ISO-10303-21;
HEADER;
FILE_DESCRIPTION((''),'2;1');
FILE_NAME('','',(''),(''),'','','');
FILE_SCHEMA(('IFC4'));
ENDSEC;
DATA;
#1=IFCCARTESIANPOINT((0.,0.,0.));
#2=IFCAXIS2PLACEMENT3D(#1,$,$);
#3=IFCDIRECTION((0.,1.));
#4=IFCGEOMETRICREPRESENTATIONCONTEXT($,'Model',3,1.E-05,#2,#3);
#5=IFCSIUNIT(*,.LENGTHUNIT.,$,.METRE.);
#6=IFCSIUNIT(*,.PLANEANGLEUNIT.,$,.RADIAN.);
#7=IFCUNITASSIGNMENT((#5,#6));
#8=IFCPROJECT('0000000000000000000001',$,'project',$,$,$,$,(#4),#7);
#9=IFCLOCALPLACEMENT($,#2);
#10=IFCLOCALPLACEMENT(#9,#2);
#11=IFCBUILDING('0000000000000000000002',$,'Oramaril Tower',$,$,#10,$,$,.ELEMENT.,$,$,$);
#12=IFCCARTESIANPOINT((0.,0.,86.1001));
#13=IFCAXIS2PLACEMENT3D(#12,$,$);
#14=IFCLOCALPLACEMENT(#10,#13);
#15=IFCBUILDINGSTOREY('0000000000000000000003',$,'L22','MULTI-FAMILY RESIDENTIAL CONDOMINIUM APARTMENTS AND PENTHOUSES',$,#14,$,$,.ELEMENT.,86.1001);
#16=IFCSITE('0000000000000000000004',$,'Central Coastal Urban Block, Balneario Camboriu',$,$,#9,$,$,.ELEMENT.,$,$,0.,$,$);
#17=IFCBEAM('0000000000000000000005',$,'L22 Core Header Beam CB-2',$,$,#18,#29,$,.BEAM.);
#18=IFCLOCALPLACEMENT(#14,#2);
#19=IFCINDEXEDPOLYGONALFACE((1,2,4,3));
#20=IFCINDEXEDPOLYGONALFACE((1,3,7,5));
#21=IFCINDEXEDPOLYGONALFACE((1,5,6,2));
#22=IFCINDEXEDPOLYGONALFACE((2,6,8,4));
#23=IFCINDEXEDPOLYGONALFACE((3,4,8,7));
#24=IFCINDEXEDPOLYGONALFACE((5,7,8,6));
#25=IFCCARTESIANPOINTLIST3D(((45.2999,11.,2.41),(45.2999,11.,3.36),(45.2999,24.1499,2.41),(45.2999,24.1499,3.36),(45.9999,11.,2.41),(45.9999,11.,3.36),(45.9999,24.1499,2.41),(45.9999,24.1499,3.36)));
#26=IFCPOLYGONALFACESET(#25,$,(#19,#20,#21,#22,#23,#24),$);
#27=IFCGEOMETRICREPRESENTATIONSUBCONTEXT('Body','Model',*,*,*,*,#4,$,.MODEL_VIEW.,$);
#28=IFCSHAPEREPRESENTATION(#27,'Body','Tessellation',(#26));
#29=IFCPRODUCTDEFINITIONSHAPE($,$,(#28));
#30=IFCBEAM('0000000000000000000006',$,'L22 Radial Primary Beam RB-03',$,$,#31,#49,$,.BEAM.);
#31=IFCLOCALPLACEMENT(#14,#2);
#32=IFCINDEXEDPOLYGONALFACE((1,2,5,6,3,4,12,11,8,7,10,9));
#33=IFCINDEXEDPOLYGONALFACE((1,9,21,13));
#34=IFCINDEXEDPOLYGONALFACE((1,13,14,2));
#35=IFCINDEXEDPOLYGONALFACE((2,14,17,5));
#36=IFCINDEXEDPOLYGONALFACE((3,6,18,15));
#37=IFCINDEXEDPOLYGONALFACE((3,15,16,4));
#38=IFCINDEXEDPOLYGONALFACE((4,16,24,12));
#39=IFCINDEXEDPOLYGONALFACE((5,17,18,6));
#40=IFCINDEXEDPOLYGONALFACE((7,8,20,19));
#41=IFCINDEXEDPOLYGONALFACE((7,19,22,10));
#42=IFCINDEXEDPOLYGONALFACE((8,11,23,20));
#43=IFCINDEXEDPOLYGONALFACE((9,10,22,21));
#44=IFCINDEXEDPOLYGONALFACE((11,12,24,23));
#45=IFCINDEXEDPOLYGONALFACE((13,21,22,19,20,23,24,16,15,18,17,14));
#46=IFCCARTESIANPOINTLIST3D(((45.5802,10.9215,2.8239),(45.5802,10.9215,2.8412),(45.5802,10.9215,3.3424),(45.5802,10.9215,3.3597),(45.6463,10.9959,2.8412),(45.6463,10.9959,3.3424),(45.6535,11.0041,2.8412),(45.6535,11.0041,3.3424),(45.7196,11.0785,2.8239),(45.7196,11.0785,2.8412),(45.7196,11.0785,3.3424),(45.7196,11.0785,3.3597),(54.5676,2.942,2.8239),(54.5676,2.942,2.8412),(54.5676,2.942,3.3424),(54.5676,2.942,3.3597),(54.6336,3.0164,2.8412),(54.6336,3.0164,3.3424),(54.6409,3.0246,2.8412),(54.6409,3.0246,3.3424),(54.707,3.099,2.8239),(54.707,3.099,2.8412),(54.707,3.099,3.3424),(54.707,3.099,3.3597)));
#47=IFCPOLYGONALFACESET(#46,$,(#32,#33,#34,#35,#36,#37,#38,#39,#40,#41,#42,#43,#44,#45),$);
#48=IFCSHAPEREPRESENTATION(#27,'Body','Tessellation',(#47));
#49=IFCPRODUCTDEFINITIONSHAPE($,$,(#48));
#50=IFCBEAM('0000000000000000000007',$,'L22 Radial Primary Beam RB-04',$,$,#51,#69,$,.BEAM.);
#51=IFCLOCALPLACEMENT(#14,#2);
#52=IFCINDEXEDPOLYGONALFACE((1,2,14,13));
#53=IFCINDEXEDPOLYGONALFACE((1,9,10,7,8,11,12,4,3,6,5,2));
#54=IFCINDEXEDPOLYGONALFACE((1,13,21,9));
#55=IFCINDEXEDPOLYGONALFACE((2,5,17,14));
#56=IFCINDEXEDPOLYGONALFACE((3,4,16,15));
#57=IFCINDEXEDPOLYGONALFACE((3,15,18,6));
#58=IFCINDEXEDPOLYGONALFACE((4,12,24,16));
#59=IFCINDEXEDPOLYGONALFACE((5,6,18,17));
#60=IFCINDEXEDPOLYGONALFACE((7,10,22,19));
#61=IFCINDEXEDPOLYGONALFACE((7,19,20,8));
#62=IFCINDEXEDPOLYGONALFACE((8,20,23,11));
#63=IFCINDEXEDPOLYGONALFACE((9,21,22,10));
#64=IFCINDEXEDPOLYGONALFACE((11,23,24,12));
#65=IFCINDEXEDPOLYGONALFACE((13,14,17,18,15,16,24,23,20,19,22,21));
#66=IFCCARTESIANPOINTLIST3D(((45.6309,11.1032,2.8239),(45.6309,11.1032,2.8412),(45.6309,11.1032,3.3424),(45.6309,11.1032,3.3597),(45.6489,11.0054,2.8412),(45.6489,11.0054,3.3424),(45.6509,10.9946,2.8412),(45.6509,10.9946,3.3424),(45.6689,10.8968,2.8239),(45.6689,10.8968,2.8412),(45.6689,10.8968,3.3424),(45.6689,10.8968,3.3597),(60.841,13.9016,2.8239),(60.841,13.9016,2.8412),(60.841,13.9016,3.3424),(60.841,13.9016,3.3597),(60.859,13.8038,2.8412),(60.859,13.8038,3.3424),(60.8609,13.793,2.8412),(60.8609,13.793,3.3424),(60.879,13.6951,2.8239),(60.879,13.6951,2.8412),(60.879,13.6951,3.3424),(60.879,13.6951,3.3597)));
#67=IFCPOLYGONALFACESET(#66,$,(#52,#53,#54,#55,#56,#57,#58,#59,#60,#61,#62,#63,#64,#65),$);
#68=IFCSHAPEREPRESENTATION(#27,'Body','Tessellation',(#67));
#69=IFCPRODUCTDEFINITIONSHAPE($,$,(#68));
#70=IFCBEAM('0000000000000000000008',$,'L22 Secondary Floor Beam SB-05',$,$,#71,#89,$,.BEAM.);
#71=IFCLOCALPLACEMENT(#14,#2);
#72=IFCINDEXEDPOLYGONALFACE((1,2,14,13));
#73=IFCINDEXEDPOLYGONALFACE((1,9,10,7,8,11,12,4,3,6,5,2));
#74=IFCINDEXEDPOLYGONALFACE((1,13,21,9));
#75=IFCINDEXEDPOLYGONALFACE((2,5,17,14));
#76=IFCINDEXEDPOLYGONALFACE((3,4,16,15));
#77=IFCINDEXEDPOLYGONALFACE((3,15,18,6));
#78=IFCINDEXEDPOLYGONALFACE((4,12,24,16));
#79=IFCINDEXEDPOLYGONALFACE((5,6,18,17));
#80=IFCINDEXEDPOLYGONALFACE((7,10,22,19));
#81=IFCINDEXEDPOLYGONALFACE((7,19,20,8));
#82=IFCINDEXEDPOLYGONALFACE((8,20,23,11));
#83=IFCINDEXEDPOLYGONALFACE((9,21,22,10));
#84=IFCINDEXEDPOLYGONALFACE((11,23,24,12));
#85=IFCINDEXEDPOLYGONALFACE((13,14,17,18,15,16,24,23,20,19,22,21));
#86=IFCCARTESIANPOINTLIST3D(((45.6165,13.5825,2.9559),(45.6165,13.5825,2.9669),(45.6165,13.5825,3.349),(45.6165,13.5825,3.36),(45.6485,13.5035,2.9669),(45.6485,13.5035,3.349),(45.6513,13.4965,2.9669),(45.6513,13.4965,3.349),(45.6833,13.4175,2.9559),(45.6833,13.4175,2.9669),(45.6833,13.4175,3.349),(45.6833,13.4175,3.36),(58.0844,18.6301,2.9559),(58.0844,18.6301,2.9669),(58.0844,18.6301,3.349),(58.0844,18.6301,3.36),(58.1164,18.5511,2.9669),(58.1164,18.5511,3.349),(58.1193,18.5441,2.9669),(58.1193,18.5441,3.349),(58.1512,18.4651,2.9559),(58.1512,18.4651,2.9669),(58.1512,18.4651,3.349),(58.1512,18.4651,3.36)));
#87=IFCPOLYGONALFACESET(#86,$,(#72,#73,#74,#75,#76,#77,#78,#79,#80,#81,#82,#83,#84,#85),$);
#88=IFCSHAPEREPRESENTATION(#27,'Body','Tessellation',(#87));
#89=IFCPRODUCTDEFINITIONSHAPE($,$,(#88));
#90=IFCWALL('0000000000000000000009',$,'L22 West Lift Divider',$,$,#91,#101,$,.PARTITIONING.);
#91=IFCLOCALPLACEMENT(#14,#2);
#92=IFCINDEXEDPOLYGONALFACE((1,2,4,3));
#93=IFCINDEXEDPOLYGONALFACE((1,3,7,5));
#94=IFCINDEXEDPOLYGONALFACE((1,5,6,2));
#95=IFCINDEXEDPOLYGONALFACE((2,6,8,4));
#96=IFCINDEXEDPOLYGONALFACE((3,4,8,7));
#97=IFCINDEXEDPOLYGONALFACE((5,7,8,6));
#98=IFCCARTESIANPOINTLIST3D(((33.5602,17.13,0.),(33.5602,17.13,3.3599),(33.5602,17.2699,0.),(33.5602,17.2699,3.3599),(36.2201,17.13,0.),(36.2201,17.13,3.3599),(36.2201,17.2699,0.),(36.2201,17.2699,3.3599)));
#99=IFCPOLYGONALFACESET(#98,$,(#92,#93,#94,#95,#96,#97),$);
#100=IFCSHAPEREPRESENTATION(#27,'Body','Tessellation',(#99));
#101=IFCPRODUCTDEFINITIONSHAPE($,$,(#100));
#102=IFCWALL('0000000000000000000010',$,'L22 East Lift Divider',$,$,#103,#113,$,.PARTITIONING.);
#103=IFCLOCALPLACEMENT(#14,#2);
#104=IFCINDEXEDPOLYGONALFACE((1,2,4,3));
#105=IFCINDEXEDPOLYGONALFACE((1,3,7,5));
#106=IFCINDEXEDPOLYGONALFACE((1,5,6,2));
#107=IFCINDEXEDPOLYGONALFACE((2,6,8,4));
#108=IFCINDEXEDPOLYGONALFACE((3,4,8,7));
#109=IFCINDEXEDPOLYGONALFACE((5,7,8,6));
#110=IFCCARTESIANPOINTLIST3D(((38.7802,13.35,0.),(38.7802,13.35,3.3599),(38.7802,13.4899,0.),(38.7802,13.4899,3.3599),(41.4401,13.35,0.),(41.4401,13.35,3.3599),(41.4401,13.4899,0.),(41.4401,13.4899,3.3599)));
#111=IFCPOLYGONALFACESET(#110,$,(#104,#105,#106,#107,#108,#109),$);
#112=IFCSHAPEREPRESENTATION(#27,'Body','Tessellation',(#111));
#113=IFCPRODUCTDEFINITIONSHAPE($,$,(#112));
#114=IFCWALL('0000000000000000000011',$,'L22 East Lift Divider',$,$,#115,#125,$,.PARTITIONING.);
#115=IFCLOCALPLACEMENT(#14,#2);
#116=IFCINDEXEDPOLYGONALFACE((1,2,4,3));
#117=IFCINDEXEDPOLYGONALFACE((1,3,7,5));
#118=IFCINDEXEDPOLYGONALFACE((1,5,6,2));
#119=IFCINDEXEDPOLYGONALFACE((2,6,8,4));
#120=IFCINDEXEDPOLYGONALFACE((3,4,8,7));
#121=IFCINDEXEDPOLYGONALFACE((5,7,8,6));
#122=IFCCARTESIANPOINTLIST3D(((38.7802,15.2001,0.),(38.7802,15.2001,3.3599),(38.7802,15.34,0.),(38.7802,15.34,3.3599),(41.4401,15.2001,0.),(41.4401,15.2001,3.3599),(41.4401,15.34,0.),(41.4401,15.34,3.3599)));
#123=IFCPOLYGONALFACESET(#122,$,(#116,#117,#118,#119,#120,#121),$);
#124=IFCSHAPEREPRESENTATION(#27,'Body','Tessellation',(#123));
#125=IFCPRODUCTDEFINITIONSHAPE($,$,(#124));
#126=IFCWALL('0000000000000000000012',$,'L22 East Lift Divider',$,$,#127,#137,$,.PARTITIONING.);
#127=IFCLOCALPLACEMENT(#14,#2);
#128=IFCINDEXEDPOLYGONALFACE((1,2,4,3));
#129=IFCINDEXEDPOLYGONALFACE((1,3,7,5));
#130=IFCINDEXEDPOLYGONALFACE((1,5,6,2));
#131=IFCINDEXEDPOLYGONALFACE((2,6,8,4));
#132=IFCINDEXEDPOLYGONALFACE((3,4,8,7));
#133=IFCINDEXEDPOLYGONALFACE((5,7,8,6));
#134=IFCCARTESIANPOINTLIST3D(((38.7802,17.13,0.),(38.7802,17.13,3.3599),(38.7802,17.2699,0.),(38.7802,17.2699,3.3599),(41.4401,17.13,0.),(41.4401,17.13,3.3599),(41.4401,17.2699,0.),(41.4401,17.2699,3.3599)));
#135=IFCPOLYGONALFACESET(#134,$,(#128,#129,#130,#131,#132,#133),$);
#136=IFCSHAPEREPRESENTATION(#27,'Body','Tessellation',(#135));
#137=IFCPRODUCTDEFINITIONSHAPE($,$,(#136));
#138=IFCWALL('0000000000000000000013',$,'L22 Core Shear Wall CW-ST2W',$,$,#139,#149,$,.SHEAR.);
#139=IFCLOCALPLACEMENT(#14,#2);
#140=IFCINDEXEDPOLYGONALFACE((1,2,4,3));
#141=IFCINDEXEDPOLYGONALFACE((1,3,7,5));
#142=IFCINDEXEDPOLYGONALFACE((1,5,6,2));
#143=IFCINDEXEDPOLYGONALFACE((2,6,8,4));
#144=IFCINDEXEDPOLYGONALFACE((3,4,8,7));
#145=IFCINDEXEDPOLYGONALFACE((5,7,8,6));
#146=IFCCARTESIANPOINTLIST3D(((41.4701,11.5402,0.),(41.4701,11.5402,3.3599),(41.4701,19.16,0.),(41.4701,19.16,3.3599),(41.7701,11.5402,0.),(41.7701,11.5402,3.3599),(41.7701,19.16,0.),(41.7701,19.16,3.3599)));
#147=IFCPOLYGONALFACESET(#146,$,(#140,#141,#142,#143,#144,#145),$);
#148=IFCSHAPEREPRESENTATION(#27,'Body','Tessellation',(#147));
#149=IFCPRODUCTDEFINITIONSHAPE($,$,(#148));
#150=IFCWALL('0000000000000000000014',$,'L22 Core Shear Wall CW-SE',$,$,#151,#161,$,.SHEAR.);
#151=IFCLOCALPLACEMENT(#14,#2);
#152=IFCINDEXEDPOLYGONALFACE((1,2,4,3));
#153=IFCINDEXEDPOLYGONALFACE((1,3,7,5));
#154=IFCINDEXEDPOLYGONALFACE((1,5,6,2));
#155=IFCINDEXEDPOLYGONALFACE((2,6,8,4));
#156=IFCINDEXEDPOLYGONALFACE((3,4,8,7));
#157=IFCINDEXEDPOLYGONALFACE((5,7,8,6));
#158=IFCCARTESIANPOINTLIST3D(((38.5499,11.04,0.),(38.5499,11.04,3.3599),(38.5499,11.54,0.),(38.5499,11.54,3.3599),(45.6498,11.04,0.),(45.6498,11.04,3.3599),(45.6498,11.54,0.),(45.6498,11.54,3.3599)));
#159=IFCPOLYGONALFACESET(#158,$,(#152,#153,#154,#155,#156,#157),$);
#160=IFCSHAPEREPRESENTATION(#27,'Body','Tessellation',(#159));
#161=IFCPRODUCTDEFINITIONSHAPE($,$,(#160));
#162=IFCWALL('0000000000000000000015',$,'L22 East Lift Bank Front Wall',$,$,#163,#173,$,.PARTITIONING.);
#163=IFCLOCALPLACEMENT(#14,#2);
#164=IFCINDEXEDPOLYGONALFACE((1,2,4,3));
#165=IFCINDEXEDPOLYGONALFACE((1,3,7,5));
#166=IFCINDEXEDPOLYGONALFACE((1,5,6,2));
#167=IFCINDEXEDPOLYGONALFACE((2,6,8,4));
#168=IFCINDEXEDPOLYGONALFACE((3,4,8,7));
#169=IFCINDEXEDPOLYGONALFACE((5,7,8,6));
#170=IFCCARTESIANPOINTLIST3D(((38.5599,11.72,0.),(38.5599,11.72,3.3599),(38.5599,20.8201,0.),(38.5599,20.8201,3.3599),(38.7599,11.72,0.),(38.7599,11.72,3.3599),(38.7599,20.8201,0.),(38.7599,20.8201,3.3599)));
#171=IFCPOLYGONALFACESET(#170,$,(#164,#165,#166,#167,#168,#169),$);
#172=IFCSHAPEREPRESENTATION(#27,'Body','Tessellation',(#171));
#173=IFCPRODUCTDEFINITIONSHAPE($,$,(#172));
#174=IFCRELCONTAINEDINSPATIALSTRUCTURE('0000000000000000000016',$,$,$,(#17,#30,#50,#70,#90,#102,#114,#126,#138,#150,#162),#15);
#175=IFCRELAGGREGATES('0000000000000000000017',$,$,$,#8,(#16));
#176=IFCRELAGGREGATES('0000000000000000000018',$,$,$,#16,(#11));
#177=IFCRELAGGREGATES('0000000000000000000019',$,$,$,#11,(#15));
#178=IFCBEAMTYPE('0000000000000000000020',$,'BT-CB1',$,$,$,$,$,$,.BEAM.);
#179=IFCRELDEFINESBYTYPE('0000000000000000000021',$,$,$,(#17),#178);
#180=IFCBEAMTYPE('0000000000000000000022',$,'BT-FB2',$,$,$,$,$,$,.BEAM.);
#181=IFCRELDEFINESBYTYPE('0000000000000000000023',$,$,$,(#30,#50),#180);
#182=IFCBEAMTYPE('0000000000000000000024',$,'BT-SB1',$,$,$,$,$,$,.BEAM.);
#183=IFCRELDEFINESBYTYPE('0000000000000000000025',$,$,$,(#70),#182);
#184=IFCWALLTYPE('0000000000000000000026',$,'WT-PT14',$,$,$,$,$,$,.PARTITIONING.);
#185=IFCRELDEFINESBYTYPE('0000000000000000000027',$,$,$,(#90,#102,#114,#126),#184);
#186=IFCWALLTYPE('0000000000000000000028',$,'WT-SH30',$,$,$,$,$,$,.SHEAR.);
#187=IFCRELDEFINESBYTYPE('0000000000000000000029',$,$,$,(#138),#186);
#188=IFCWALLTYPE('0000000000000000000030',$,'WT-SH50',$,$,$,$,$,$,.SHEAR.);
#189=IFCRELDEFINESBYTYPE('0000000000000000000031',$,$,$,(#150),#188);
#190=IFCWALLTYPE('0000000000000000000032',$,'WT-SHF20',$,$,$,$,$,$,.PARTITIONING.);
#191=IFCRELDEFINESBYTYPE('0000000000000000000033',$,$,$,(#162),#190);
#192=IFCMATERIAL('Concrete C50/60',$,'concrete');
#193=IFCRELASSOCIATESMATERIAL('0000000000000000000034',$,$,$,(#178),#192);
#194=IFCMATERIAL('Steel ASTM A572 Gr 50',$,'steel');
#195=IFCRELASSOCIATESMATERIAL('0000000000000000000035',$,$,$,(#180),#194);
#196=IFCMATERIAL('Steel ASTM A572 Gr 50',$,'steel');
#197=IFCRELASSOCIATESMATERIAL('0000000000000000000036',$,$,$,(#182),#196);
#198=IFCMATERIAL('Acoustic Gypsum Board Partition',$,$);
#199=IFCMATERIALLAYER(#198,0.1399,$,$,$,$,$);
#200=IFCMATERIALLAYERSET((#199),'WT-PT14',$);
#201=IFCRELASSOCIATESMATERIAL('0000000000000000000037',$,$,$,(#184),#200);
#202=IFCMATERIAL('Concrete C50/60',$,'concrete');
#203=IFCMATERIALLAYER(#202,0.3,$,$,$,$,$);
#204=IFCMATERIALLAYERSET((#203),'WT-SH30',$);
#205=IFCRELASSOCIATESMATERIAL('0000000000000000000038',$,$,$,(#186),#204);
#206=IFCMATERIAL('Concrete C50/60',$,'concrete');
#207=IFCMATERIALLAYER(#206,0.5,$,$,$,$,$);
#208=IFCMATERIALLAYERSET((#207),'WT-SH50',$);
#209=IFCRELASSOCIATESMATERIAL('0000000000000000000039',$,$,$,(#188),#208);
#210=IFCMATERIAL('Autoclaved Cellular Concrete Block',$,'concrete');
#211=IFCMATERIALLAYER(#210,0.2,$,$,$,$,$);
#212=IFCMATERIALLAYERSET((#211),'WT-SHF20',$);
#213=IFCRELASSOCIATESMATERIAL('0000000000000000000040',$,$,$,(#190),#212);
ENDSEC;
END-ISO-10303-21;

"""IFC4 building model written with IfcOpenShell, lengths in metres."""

from ifc_helpers import new_model, si_unit, direction, frame, frame_2d, origin, origin_2d, place, context, subcontext, project, spatial, rectangle, i_section, extrude, material, layer, layer_set, material_profile, profile_set, type_object, element, save


model = new_model("IFC4")

# Units and contexts
model_context = context("Model", 3, precision=1e-05, world=origin(), true_north=direction((0.0, 1.0)))
body_context = subcontext(model_context, "Body", "Model", "MODEL_VIEW")
ifc_project = project(units=[si_unit("LENGTHUNIT", "METRE"), si_unit("PLANEANGLEUNIT", "RADIAN")], contexts=[model_context])

# Site, building, storey
site_placement = place(None, origin())
site = spatial("IfcSite", under=ifc_project, at=site_placement, Name="Central Coastal Urban Block, Balneario Camboriu", CompositionType="ELEMENT", RefElevation=0.0)
building_placement = place(site_placement, origin())
building = spatial("IfcBuilding", under=site, at=building_placement, Name="Oramaril Tower", CompositionType="ELEMENT")
storey_placement = place(building_placement, frame((0.0, 0.0, 86.1001)))
storey = spatial("IfcBuildingStorey", under=building, at=storey_placement, Name="L22", Description="MULTI-FAMILY RESIDENTIAL CONDOMINIUM APARTMENTS AND PENTHOUSES", CompositionType="ELEMENT", Elevation=86.1001)

# Beams
ifc_material_1 = material(Name="Concrete C50/60", Category="concrete")
ifc_material_profile_1 = material_profile(ifc_material_1, rectangle(XDim=0.7, YDim=0.95, at=origin_2d()), Name="CB700X950")
ifc_profile_set_1 = profile_set([ifc_material_profile_1], Name="Concrete C50/60")
beam_type_1 = type_object("IfcBeamType", Name="BT-CB1", PredefinedType="BEAM", material=ifc_profile_set_1)
beam_1_placement = place(storey_placement, frame((45.6499, 11.0, 2.885), z_axis=(0.0, 1.0, 0.0), x_axis=(-1.0, 0.0, 0.0)))
element("IfcBeam", 1, at=beam_1_placement, inside=storey, type_object=beam_type_1, Name="L22 Core Header Beam CB-2", PredefinedType="BEAM", context=body_context, shape_type="SweptSolid", body=[
    extrude(rectangle(XDim=0.7, YDim=0.95, at=origin_2d()), origin(), (0.0, 0.0, 1.0), 13.1499),
])
ifc_material_2 = material(Name="Steel ASTM A572 Gr 50", Category="steel")
ifc_material_profile_2 = material_profile(ifc_material_2, i_section(OverallWidth=0.21, OverallDepth=0.5359, WebThickness=0.011, FlangeThickness=0.0173, at=origin_2d()), Name="W21X68")
ifc_profile_set_2 = profile_set([ifc_material_profile_2], Name="Steel ASTM A572 Gr 50")
beam_type_2 = type_object("IfcBeamType", Name="BT-FB2", PredefinedType="BEAM", material=ifc_profile_set_2)
beam_2_placement = place(storey_placement, frame((45.6499, 11.0, 3.0918), z_axis=(0.74779, -0.663935, 0.0), x_axis=(0.663935, 0.74779, 0.0)))
element("IfcBeam", 2, at=beam_2_placement, inside=storey, type_object=beam_type_2, Name="L22 Radial Primary Beam RB-03", PredefinedType="BEAM", context=body_context, shape_type="SweptSolid", body=[
    extrude(i_section(OverallWidth=0.21, OverallDepth=0.5359, WebThickness=0.011, FlangeThickness=0.0173, at=origin_2d()), origin(), (0.0, 0.0, 1.0), 12.0186),
])
beam_3_placement = place(storey_placement, frame((45.6499, 11.0, 3.0918), z_axis=(0.983493, 0.180944, 0.0), x_axis=(-0.180944, 0.983493, 0.0)))
element("IfcBeam", 3, at=beam_3_placement, inside=storey, type_object=beam_type_2, Name="L22 Radial Primary Beam RB-04", PredefinedType="BEAM", context=body_context, shape_type="SweptSolid", body=[
    extrude(i_section(OverallWidth=0.21, OverallDepth=0.5359, WebThickness=0.011, FlangeThickness=0.0173, at=origin_2d()), origin(), (0.0, 0.0, 1.0), 15.4653),
])
ifc_material_3 = material(Name="Steel ASTM A572 Gr 50", Category="steel")
ifc_material_profile_3 = material_profile(ifc_material_3, i_section(OverallWidth=0.178, OverallDepth=0.4041, WebThickness=0.0076, FlangeThickness=0.011, at=origin_2d()), Name="W16X36")
ifc_profile_set_3 = profile_set([ifc_material_profile_3], Name="Steel ASTM A572 Gr 50")
beam_type_3 = type_object("IfcBeamType", Name="BT-SB1", PredefinedType="BEAM", material=ifc_profile_set_3)
beam_4_placement = place(storey_placement, frame((45.6499, 13.5, 3.158), z_axis=(0.92692, 0.375258, 0.0), x_axis=(-0.375258, 0.92692, 0.0)))
element("IfcBeam", 4, at=beam_4_placement, inside=storey, type_object=beam_type_3, Name="L22 Secondary Floor Beam SB-05", PredefinedType="BEAM", context=body_context, shape_type="SweptSolid", body=[
    extrude(i_section(OverallWidth=0.178, OverallDepth=0.4041, WebThickness=0.0076, FlangeThickness=0.011, at=origin_2d()), origin(), (0.0, 0.0, 1.0), 13.4509),
])

# Walls
ifc_material_4 = material(Name="Acoustic Gypsum Board Partition")
ifc_layer_1 = layer(ifc_material_4, 0.1399)
ifc_layer_set_1 = layer_set([ifc_layer_1], Name="WT-PT14")
wall_type_1 = type_object("IfcWallType", Name="WT-PT14", PredefinedType="PARTITIONING", material=ifc_layer_set_1)
for number, where, z_axis, x_axis, name in (
    (5, (33.5601, 17.2, 0.0), (0.0, 0.0, 1.0), (1.0, 0.0, 0.0), "L22 West Lift Divider"),
    (6, (38.78, 13.4199, 0.0), (0.0, 0.0, 1.0), (1.0, 0.0, 0.0), "L22 East Lift Divider"),
    (7, (38.78, 15.27, 0.0), (0.0, 0.0, 1.0), (1.0, 0.0, 0.0), "L22 East Lift Divider"),
    (8, (38.78, 17.2, 0.0), (0.0, 0.0, 1.0), (1.0, 0.0, 0.0), "L22 East Lift Divider"),
):
    element("IfcWall", number, at=place(storey_placement, frame(where, z_axis=z_axis, x_axis=x_axis)), inside=storey, type_object=wall_type_1, Name=name, PredefinedType="PARTITIONING", context=body_context, shape_type="SweptSolid", body=[
        extrude(rectangle(XDim=2.6599, YDim=0.1399, at=frame_2d((1.3301, 0.0))), origin(), (0.0, 0.0, 1.0), 3.3599),
    ])
ifc_material_5 = material(Name="Concrete C50/60", Category="concrete")
ifc_layer_2 = layer(ifc_material_5, 0.3)
ifc_layer_set_2 = layer_set([ifc_layer_2], Name="WT-SH30")
wall_type_2 = type_object("IfcWallType", Name="WT-SH30", PredefinedType="SHEAR", material=ifc_layer_set_2)
wall_1_placement = place(storey_placement, frame((41.6201, 11.54, 0.0), z_axis=(0.0, 0.0, 1.0), x_axis=(0.0, 1.0, 0.0)))
element("IfcWall", 9, at=wall_1_placement, inside=storey, type_object=wall_type_2, Name="L22 Core Shear Wall CW-ST2W", PredefinedType="SHEAR", context=body_context, shape_type="SweptSolid", body=[
    extrude(rectangle(XDim=7.6199, YDim=0.3, at=frame_2d((3.8101, 0.0))), origin(), (0.0, 0.0, 1.0), 3.3599),
])
ifc_material_6 = material(Name="Concrete C50/60", Category="concrete")
ifc_layer_3 = layer(ifc_material_6, 0.5)
ifc_layer_set_3 = layer_set([ifc_layer_3], Name="WT-SH50")
wall_type_3 = type_object("IfcWallType", Name="WT-SH50", PredefinedType="SHEAR", material=ifc_layer_set_3)
wall_2_placement = place(storey_placement, frame((38.55, 11.29, 0.0), z_axis=(0.0, 0.0, 1.0), x_axis=(1.0, 0.0, 0.0)))
element("IfcWall", 10, at=wall_2_placement, inside=storey, type_object=wall_type_3, Name="L22 Core Shear Wall CW-SE", PredefinedType="SHEAR", context=body_context, shape_type="SweptSolid", body=[
    extrude(rectangle(XDim=7.0999, YDim=0.5, at=frame_2d((3.5498, 0.0))), origin(), (0.0, 0.0, 1.0), 3.3599),
])

# Shared definitions
ifc_material_7 = material(Name="Autoclaved Cellular Concrete Block", Category="concrete")
ifc_layer_4 = layer(ifc_material_7, 0.2)
ifc_layer_set_4 = layer_set([ifc_layer_4], Name="WT-SHF20")
wall_type_4 = type_object("IfcWallType", Name="WT-SHF20", PredefinedType="PARTITIONING", material=ifc_layer_set_4)

# Wall
wall_3_placement = place(storey_placement, frame((38.6599, 11.72, 0.0), z_axis=(0.0, 0.0, 1.0), x_axis=(0.0, 1.0, 0.0)))
element("IfcWall", 11, at=wall_3_placement, inside=storey, type_object=wall_type_4, Name="L22 East Lift Bank Front Wall", PredefinedType="PARTITIONING", context=body_context, shape_type="SweptSolid", body=[
    extrude(rectangle(XDim=9.1001, YDim=0.2, at=frame_2d((4.55, 0.0))), origin(), (0.0, 0.0, 1.0), 3.3599),
])

save(model, "model.ifc")
